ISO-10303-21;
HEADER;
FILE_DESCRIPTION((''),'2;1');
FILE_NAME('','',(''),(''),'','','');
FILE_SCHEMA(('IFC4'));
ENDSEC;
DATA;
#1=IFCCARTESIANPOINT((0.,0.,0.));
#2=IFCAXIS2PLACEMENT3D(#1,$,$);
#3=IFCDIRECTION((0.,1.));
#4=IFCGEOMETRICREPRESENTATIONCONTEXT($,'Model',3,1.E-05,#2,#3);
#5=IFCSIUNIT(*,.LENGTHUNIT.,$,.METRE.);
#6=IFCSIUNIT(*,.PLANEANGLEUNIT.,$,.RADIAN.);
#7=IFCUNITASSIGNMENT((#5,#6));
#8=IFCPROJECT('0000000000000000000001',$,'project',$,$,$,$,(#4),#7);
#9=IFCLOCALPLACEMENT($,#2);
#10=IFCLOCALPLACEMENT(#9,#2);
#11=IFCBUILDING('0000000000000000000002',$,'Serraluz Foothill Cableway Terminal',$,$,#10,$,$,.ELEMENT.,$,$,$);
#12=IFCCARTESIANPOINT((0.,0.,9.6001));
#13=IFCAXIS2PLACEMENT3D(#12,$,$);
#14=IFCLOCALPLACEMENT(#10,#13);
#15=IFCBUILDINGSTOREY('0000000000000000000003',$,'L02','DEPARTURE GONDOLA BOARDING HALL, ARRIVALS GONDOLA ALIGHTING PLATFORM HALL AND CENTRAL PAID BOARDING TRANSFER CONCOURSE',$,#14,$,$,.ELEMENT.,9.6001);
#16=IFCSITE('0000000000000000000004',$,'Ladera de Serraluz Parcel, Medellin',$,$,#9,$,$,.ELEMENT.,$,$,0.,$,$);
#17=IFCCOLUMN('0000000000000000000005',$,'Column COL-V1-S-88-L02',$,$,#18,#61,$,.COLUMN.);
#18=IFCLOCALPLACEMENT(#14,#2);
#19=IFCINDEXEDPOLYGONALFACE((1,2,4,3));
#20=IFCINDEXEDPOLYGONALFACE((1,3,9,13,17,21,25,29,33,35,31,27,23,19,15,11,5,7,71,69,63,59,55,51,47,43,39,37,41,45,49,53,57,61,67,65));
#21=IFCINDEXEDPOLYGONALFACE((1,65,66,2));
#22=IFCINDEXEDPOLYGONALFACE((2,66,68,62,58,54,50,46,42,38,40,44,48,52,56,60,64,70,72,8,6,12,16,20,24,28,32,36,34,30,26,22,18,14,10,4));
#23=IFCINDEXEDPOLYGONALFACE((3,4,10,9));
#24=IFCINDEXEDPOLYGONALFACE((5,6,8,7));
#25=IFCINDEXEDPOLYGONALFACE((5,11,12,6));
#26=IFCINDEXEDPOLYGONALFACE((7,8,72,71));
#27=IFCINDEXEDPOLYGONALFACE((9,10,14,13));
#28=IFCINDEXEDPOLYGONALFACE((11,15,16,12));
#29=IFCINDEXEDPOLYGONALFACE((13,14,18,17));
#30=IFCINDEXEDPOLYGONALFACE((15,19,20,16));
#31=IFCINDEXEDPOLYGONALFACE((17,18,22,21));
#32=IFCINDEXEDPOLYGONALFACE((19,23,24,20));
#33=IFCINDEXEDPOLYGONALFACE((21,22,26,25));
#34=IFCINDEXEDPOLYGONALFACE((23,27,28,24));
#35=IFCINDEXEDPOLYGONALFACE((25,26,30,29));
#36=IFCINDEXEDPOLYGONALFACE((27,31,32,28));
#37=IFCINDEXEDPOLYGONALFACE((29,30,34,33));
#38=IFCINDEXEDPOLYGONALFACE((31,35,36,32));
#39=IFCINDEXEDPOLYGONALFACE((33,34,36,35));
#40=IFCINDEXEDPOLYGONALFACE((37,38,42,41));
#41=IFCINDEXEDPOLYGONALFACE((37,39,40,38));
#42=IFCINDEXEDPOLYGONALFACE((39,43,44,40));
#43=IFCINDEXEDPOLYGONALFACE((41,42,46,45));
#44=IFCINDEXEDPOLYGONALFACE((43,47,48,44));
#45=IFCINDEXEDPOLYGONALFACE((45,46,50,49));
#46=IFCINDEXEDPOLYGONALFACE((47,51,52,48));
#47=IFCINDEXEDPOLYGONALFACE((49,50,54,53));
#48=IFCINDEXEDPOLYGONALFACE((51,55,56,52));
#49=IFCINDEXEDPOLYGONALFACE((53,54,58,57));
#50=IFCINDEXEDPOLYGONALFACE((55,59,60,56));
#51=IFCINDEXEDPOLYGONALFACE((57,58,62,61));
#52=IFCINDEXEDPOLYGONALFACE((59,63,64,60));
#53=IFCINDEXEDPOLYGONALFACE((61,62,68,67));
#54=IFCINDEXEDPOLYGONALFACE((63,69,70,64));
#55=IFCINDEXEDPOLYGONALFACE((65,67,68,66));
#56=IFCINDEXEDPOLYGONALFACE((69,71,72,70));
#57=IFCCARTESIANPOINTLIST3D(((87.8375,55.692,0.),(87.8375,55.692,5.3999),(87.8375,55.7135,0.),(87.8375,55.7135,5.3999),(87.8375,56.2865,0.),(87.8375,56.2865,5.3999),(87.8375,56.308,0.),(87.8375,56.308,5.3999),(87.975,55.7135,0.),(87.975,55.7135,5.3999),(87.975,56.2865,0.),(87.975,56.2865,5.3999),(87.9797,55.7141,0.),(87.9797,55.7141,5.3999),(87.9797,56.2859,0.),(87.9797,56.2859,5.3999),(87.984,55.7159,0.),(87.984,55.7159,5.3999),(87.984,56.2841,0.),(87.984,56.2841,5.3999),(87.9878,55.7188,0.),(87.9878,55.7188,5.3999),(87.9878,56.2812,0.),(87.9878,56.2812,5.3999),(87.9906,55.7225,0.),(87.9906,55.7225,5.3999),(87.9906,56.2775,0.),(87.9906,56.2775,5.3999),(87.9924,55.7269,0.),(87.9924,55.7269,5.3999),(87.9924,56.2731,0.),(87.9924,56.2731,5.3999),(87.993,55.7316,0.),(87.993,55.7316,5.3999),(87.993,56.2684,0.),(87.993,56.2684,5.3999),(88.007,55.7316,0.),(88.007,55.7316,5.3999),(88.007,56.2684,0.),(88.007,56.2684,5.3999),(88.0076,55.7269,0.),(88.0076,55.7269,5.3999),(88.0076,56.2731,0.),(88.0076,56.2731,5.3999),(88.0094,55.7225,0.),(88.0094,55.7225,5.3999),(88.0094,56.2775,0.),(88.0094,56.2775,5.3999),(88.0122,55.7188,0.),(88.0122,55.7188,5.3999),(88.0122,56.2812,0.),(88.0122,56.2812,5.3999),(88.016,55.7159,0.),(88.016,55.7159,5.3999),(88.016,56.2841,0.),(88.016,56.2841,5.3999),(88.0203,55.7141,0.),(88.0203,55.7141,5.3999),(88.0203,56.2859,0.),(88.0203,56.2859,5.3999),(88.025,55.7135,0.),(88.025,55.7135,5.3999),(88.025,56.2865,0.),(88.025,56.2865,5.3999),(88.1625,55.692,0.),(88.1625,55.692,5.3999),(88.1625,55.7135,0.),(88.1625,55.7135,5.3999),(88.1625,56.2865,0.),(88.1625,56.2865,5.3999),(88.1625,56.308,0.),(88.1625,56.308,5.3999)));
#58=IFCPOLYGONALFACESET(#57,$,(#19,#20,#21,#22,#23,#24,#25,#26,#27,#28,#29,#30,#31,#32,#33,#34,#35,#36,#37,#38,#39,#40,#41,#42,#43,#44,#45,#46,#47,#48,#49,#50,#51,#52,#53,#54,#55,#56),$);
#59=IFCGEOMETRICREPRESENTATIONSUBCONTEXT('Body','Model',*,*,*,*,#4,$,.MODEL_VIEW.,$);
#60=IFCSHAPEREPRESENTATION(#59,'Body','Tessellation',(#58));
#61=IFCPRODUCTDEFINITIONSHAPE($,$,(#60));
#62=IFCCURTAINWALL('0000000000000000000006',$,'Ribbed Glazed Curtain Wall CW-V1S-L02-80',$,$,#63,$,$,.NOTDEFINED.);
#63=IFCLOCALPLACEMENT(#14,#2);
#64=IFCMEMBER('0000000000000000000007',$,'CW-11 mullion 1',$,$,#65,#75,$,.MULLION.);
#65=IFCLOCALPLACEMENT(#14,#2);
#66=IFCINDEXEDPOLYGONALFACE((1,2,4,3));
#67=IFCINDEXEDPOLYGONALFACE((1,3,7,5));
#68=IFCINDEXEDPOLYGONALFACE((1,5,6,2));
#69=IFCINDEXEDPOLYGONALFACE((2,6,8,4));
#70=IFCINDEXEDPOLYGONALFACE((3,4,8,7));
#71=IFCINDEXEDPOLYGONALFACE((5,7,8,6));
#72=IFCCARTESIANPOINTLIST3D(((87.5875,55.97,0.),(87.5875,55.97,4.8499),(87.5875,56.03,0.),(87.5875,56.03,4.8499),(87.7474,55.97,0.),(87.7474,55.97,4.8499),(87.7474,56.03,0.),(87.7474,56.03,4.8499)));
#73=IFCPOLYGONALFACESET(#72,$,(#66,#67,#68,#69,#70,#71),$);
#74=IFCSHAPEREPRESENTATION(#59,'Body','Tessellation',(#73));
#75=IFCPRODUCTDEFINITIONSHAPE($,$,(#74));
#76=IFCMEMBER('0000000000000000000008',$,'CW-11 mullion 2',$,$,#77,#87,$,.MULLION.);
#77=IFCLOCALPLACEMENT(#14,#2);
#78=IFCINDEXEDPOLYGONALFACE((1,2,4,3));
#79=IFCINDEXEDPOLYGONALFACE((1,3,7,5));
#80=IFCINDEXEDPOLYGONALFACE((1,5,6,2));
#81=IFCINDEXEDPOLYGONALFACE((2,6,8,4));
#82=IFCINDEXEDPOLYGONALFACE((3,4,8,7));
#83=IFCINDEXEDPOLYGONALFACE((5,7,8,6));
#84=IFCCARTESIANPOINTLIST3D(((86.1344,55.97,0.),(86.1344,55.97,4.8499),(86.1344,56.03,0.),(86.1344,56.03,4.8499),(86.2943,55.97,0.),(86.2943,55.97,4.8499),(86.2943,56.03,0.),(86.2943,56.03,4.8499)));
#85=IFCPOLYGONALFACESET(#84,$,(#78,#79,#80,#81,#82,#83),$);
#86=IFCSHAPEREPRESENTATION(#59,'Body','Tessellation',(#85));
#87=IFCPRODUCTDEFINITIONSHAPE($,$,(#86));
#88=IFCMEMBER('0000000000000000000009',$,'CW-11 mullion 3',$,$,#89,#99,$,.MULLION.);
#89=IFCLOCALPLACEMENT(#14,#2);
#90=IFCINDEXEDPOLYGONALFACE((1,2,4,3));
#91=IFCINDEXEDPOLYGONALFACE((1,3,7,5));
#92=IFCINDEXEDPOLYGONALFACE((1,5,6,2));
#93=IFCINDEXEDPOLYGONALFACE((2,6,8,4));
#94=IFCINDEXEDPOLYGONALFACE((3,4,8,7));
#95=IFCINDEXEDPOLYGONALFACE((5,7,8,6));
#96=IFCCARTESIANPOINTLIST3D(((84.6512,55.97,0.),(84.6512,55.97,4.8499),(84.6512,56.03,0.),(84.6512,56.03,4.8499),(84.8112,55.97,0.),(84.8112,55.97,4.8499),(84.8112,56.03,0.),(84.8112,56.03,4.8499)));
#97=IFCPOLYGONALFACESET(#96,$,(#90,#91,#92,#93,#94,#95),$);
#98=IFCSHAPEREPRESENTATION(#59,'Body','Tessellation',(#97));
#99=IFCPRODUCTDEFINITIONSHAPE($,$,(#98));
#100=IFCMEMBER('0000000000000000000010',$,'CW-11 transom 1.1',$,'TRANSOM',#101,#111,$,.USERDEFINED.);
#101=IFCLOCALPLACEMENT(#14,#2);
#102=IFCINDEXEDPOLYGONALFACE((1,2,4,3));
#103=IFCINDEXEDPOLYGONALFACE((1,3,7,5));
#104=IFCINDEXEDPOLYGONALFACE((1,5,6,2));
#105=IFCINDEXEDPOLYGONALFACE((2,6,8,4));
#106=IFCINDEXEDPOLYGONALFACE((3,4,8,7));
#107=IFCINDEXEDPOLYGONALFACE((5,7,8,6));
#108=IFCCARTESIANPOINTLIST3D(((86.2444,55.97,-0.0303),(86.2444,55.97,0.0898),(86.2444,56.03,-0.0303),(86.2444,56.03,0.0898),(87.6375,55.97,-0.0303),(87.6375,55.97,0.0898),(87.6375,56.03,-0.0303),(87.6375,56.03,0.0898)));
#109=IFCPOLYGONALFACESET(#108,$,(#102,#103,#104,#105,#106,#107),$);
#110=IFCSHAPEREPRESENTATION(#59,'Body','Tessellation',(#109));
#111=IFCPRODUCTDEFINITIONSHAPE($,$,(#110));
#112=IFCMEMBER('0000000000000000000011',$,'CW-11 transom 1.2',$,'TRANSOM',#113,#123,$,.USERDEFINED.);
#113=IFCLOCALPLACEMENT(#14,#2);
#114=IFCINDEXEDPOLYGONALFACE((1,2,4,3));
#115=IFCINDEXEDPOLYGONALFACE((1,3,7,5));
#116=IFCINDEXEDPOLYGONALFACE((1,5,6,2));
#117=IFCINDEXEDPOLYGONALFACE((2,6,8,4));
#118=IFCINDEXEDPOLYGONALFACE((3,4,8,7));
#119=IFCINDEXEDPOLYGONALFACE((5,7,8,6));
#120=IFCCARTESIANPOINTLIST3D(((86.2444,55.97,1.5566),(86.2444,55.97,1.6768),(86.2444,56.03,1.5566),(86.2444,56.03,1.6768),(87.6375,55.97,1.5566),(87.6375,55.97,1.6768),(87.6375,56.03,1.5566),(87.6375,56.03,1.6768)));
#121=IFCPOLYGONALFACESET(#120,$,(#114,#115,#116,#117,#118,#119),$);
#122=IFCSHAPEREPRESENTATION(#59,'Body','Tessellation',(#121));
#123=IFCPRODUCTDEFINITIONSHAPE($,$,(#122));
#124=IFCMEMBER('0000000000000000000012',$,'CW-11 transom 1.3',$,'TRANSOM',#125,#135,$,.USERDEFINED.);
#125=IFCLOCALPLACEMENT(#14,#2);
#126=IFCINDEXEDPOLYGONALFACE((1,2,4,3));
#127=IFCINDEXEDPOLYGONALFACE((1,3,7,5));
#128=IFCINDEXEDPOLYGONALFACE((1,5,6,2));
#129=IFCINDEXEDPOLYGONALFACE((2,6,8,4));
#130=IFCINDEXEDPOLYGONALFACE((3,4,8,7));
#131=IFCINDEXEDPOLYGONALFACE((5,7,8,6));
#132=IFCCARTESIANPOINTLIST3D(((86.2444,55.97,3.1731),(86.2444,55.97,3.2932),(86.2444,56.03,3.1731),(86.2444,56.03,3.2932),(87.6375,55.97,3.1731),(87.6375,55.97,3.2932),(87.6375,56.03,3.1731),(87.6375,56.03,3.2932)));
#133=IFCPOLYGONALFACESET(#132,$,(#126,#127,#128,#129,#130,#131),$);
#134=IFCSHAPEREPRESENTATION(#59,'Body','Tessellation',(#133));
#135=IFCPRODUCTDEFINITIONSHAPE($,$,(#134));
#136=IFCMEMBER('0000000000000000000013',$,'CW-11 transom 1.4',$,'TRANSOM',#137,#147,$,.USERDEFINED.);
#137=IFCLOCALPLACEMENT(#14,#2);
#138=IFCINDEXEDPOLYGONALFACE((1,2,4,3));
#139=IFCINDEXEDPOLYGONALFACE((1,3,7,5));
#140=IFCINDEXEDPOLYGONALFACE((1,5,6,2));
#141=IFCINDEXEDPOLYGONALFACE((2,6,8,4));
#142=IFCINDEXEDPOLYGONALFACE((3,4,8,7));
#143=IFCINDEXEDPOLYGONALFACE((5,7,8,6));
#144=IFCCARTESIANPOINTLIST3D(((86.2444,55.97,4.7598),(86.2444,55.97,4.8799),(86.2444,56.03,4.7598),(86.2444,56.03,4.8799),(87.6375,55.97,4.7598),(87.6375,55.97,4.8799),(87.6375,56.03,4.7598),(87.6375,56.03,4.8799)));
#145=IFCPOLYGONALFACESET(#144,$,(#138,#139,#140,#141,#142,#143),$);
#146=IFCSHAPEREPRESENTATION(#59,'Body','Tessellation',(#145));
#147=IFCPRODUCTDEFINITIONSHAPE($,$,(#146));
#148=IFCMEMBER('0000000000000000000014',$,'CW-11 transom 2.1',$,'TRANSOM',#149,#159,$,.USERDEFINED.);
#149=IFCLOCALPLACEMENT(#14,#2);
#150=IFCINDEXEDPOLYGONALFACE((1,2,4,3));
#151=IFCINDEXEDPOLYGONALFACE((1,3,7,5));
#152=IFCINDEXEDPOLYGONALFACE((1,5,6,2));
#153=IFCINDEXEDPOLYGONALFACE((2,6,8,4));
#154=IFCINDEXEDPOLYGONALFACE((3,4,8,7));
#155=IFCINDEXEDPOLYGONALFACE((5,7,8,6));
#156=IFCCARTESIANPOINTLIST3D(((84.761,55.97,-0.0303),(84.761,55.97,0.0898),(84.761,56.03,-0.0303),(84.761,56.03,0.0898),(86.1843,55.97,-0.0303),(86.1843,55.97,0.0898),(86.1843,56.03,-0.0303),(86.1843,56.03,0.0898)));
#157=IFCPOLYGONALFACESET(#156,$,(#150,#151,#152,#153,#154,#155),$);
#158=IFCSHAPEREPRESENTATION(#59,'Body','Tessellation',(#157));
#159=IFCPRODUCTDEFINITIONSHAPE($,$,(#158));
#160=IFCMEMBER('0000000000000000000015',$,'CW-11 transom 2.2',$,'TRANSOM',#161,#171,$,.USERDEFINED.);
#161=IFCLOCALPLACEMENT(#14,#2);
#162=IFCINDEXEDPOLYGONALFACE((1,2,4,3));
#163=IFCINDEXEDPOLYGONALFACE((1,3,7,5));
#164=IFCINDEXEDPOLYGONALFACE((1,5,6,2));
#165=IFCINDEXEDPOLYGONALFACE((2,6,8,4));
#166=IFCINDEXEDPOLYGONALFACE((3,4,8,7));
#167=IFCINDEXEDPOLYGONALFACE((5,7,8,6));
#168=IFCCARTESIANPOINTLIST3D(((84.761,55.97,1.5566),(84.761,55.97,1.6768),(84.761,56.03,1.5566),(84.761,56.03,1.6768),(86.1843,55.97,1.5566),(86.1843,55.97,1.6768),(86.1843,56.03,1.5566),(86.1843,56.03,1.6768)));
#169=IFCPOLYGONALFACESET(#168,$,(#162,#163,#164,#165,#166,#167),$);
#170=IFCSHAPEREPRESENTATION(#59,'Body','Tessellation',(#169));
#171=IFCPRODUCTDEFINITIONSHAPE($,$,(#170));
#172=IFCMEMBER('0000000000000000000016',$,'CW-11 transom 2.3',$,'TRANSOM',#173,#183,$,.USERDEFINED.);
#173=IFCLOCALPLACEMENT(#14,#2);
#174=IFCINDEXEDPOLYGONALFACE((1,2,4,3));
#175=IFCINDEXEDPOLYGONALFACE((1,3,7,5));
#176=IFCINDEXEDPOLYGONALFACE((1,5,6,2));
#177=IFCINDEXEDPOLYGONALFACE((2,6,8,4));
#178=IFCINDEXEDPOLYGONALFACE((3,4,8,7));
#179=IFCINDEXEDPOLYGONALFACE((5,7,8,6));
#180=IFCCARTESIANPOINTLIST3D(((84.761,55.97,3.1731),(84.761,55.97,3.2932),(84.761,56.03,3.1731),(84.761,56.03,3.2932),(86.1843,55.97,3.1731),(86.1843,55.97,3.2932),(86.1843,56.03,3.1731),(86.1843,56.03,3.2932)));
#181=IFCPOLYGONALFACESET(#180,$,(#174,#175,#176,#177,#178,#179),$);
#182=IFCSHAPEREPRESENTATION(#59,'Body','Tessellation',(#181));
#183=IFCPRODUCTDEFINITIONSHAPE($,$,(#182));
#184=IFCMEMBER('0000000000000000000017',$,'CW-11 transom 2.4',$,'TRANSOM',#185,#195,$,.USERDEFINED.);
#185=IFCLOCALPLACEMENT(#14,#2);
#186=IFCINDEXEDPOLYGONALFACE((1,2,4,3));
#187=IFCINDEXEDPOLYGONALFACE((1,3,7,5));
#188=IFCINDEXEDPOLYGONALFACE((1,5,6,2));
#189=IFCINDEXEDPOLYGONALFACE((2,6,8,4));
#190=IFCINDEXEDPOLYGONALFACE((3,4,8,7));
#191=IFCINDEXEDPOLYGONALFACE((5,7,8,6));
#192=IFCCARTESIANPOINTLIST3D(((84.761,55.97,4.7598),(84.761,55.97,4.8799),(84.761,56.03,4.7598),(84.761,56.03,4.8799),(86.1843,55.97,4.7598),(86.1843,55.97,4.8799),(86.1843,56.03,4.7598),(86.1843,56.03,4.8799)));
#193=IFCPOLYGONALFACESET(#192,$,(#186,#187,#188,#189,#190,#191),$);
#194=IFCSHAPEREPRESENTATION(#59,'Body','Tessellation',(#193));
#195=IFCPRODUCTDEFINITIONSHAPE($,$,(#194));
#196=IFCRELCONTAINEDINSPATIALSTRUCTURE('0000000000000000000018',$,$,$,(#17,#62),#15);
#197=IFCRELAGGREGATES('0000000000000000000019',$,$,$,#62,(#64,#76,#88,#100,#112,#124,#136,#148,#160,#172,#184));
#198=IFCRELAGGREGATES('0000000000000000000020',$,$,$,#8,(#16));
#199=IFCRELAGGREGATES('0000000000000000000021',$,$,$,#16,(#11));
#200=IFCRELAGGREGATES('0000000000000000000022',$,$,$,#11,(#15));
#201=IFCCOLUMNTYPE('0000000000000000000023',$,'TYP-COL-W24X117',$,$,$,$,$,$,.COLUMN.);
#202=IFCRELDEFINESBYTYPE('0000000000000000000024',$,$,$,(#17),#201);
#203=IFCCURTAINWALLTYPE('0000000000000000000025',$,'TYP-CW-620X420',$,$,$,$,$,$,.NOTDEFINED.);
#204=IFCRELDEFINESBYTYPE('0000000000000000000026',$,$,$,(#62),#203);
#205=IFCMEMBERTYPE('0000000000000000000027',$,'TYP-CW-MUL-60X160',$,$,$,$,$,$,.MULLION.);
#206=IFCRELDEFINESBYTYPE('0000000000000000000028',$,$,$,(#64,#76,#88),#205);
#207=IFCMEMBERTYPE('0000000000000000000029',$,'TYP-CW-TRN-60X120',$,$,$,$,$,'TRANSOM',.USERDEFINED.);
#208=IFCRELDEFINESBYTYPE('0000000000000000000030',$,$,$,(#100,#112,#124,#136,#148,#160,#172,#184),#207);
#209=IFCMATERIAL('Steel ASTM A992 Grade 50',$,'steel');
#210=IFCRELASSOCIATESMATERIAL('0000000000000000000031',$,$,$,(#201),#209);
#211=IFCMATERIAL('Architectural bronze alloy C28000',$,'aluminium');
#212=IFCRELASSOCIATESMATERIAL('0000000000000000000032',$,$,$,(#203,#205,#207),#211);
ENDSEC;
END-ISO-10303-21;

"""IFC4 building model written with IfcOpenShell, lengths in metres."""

from ifc_helpers import new_model, si_unit, direction, frame, origin, origin_2d, place, context, subcontext, project, spatial, rectangle, i_section, extrude, material, material_profile, profile_set, type_object, element, aggregate, save


model = new_model("IFC4")

# Units and contexts
model_context = context("Model", 3, precision=1e-05, world=origin(), true_north=direction((0.0, 1.0)))
body_context = subcontext(model_context, "Body", "Model", "MODEL_VIEW")
ifc_project = project(units=[si_unit("LENGTHUNIT", "METRE"), si_unit("PLANEANGLEUNIT", "RADIAN")], contexts=[model_context])

# Site, building, storey
site_placement = place(None, origin())
site = spatial("IfcSite", under=ifc_project, at=site_placement, Name="Ladera de Serraluz Parcel, Medellin", CompositionType="ELEMENT", RefElevation=0.0)
building_placement = place(site_placement, origin())
building = spatial("IfcBuilding", under=site, at=building_placement, Name="Serraluz Foothill Cableway Terminal", CompositionType="ELEMENT")
storey_placement = place(building_placement, frame((0.0, 0.0, 9.6001)))
storey = spatial("IfcBuildingStorey", under=building, at=storey_placement, Name="L02", Description="DEPARTURE GONDOLA BOARDING HALL, ARRIVALS GONDOLA ALIGHTING PLATFORM HALL AND CENTRAL PAID BOARDING TRANSFER CONCOURSE", CompositionType="ELEMENT", Elevation=9.6001)

# Column
ifc_material_1 = material(Name="Steel ASTM A992 Grade 50", Category="steel")
ifc_material_profile_1 = material_profile(ifc_material_1, i_section(OverallWidth=0.325, OverallDepth=0.616, WebThickness=0.0139, FlangeThickness=0.0215, FilletRadius=0.0181, at=origin_2d()), Name="W24X117")
ifc_profile_set_1 = profile_set([ifc_material_profile_1], Name="Steel ASTM A992 Grade 50")
column_type = type_object("IfcColumnType", Name="TYP-COL-W24X117", PredefinedType="COLUMN", material=ifc_profile_set_1)
column_placement = place(storey_placement, frame((88.0, 56.0, 0.0), z_axis=(0.0, 0.0, 1.0), x_axis=(1.0, 0.0, 0.0)))
element("IfcColumn", 1, at=column_placement, inside=storey, type_object=column_type, Name="Column COL-V1-S-88-L02", PredefinedType="COLUMN", context=body_context, shape_type="SweptSolid", body=[
    extrude(i_section(OverallWidth=0.325, OverallDepth=0.616, WebThickness=0.0139, FlangeThickness=0.0215, FilletRadius=0.0181, at=origin_2d()), origin(), (0.0, 0.0, 1.0), 5.3999),
])

# Curtain wall, members
ifc_material_2 = material(Name="Architectural bronze alloy C28000", Category="aluminium")
curtain_wall_type = type_object("IfcCurtainWallType", Name="TYP-CW-620X420", PredefinedType="NOTDEFINED", material=ifc_material_2)
curtain_wall_placement = place(storey_placement, origin())
curtain_wall = element("IfcCurtainWall", 2, at=curtain_wall_placement, inside=storey, type_object=curtain_wall_type, Name="Ribbed Glazed Curtain Wall CW-V1S-L02-80", PredefinedType="NOTDEFINED")
ifc_material_profile_2 = material_profile(ifc_material_2, rectangle(XDim=0.0601, YDim=0.1599, at=origin_2d()), Name="ALU MULLION 60x160")
ifc_profile_set_2 = profile_set([ifc_material_profile_2], Name="Architectural bronze alloy C28000")
member_type_1 = type_object("IfcMemberType", Name="TYP-CW-MUL-60X160", PredefinedType="MULLION", material=ifc_profile_set_2)
member_1_placement = place(storey_placement, frame((87.6675, 56.0, 0.0), z_axis=(0.0, 0.0, 1.0), x_axis=(0.0, -1.0, 0.0)))
member_1 = element("IfcMember", 3, at=member_1_placement, type_object=member_type_1, Name="CW-11 mullion 1", PredefinedType="MULLION", context=body_context, shape_type="SweptSolid", body=[
    extrude(rectangle(XDim=0.0601, YDim=0.1599, at=origin_2d()), origin(), (0.0, 0.0, 1.0), 4.8499),
])
member_2_placement = place(storey_placement, frame((86.2144, 56.0, 0.0), z_axis=(0.0, 0.0, 1.0), x_axis=(0.0, -1.0, 0.0)))
member_2 = element("IfcMember", 4, at=member_2_placement, type_object=member_type_1, Name="CW-11 mullion 2", PredefinedType="MULLION", context=body_context, shape_type="SweptSolid", body=[
    extrude(rectangle(XDim=0.0601, YDim=0.1599, at=origin_2d()), origin(), (0.0, 0.0, 1.0), 4.8499),
])
member_3_placement = place(storey_placement, frame((84.7312, 56.0, 0.0), z_axis=(0.0, 0.0, 1.0), x_axis=(0.0, -1.0, 0.0)))
member_3 = element("IfcMember", 5, at=member_3_placement, type_object=member_type_1, Name="CW-11 mullion 3", PredefinedType="MULLION", context=body_context, shape_type="SweptSolid", body=[
    extrude(rectangle(XDim=0.0601, YDim=0.1599, at=origin_2d()), origin(), (0.0, 0.0, 1.0), 4.8499),
])
ifc_material_profile_3 = material_profile(ifc_material_2, rectangle(XDim=0.0601, YDim=0.1201, at=origin_2d()), Name="ALU TRANSOM 60x120")
ifc_profile_set_3 = profile_set([ifc_material_profile_3], Name="Architectural bronze alloy C28000")
member_type_2 = type_object("IfcMemberType", Name="TYP-CW-TRN-60X120", ElementType="TRANSOM", PredefinedType="USERDEFINED", material=ifc_profile_set_3)
member_4_placement = place(storey_placement, frame((87.6375, 56.0, 0.0298), z_axis=(-1.0, 0.0, 0.0), x_axis=(0.0, -1.0, 0.0)))
member_4 = element("IfcMember", 6, at=member_4_placement, type_object=member_type_2, Name="CW-11 transom 1.1", ObjectType="TRANSOM", PredefinedType="USERDEFINED", context=body_context, shape_type="SweptSolid", body=[
    extrude(rectangle(XDim=0.0601, YDim=0.1201, at=origin_2d()), origin(), (0.0, 0.0, 1.0), 1.3931),
])
member_5_placement = place(storey_placement, frame((87.6375, 56.0, 1.6167), z_axis=(-1.0, 0.0, 0.0), x_axis=(0.0, -1.0, 0.0)))
member_5 = element("IfcMember", 7, at=member_5_placement, type_object=member_type_2, Name="CW-11 transom 1.2", ObjectType="TRANSOM", PredefinedType="USERDEFINED", context=body_context, shape_type="SweptSolid", body=[
    extrude(rectangle(XDim=0.0601, YDim=0.1201, at=origin_2d()), origin(), (0.0, 0.0, 1.0), 1.3931),
])
member_6_placement = place(storey_placement, frame((87.6375, 56.0, 3.2332), z_axis=(-1.0, 0.0, 0.0), x_axis=(0.0, -1.0, 0.0)))
member_6 = element("IfcMember", 8, at=member_6_placement, type_object=member_type_2, Name="CW-11 transom 1.3", ObjectType="TRANSOM", PredefinedType="USERDEFINED", context=body_context, shape_type="SweptSolid", body=[
    extrude(rectangle(XDim=0.0601, YDim=0.1201, at=origin_2d()), origin(), (0.0, 0.0, 1.0), 1.3931),
])
member_7_placement = place(storey_placement, frame((87.6375, 56.0, 4.8198), z_axis=(-1.0, 0.0, 0.0), x_axis=(0.0, -1.0, 0.0)))
member_7 = element("IfcMember", 9, at=member_7_placement, type_object=member_type_2, Name="CW-11 transom 1.4", ObjectType="TRANSOM", PredefinedType="USERDEFINED", context=body_context, shape_type="SweptSolid", body=[
    extrude(rectangle(XDim=0.0601, YDim=0.1201, at=origin_2d()), origin(), (0.0, 0.0, 1.0), 1.3931),
])
member_8_placement = place(storey_placement, frame((86.1843, 56.0, 0.0298), z_axis=(-1.0, 0.0, 0.0), x_axis=(0.0, -1.0, 0.0)))
member_8 = element("IfcMember", 10, at=member_8_placement, type_object=member_type_2, Name="CW-11 transom 2.1", ObjectType="TRANSOM", PredefinedType="USERDEFINED", context=body_context, shape_type="SweptSolid", body=[
    extrude(rectangle(XDim=0.0601, YDim=0.1201, at=origin_2d()), origin(), (0.0, 0.0, 1.0), 1.4233),
])
member_9_placement = place(storey_placement, frame((86.1843, 56.0, 1.6167), z_axis=(-1.0, 0.0, 0.0), x_axis=(0.0, -1.0, 0.0)))
member_9 = element("IfcMember", 11, at=member_9_placement, type_object=member_type_2, Name="CW-11 transom 2.2", ObjectType="TRANSOM", PredefinedType="USERDEFINED", context=body_context, shape_type="SweptSolid", body=[
    extrude(rectangle(XDim=0.0601, YDim=0.1201, at=origin_2d()), origin(), (0.0, 0.0, 1.0), 1.4233),
])
member_10_placement = place(storey_placement, frame((86.1843, 56.0, 3.2332), z_axis=(-1.0, 0.0, 0.0), x_axis=(0.0, -1.0, 0.0)))
member_10 = element("IfcMember", 12, at=member_10_placement, type_object=member_type_2, Name="CW-11 transom 2.3", ObjectType="TRANSOM", PredefinedType="USERDEFINED", context=body_context, shape_type="SweptSolid", body=[
    extrude(rectangle(XDim=0.0601, YDim=0.1201, at=origin_2d()), origin(), (0.0, 0.0, 1.0), 1.4233),
])
member_11_placement = place(storey_placement, frame((86.1843, 56.0, 4.8198), z_axis=(-1.0, 0.0, 0.0), x_axis=(0.0, -1.0, 0.0)))
member_11 = element("IfcMember", 13, at=member_11_placement, type_object=member_type_2, Name="CW-11 transom 2.4", ObjectType="TRANSOM", PredefinedType="USERDEFINED", context=body_context, shape_type="SweptSolid", body=[
    extrude(rectangle(XDim=0.0601, YDim=0.1201, at=origin_2d()), origin(), (0.0, 0.0, 1.0), 1.4233),
])

aggregate(curtain_wall, [member_1, member_2, member_3, member_4, member_5, member_6, member_7, member_8, member_9, member_10, member_11])

save(model, "model.ifc")
